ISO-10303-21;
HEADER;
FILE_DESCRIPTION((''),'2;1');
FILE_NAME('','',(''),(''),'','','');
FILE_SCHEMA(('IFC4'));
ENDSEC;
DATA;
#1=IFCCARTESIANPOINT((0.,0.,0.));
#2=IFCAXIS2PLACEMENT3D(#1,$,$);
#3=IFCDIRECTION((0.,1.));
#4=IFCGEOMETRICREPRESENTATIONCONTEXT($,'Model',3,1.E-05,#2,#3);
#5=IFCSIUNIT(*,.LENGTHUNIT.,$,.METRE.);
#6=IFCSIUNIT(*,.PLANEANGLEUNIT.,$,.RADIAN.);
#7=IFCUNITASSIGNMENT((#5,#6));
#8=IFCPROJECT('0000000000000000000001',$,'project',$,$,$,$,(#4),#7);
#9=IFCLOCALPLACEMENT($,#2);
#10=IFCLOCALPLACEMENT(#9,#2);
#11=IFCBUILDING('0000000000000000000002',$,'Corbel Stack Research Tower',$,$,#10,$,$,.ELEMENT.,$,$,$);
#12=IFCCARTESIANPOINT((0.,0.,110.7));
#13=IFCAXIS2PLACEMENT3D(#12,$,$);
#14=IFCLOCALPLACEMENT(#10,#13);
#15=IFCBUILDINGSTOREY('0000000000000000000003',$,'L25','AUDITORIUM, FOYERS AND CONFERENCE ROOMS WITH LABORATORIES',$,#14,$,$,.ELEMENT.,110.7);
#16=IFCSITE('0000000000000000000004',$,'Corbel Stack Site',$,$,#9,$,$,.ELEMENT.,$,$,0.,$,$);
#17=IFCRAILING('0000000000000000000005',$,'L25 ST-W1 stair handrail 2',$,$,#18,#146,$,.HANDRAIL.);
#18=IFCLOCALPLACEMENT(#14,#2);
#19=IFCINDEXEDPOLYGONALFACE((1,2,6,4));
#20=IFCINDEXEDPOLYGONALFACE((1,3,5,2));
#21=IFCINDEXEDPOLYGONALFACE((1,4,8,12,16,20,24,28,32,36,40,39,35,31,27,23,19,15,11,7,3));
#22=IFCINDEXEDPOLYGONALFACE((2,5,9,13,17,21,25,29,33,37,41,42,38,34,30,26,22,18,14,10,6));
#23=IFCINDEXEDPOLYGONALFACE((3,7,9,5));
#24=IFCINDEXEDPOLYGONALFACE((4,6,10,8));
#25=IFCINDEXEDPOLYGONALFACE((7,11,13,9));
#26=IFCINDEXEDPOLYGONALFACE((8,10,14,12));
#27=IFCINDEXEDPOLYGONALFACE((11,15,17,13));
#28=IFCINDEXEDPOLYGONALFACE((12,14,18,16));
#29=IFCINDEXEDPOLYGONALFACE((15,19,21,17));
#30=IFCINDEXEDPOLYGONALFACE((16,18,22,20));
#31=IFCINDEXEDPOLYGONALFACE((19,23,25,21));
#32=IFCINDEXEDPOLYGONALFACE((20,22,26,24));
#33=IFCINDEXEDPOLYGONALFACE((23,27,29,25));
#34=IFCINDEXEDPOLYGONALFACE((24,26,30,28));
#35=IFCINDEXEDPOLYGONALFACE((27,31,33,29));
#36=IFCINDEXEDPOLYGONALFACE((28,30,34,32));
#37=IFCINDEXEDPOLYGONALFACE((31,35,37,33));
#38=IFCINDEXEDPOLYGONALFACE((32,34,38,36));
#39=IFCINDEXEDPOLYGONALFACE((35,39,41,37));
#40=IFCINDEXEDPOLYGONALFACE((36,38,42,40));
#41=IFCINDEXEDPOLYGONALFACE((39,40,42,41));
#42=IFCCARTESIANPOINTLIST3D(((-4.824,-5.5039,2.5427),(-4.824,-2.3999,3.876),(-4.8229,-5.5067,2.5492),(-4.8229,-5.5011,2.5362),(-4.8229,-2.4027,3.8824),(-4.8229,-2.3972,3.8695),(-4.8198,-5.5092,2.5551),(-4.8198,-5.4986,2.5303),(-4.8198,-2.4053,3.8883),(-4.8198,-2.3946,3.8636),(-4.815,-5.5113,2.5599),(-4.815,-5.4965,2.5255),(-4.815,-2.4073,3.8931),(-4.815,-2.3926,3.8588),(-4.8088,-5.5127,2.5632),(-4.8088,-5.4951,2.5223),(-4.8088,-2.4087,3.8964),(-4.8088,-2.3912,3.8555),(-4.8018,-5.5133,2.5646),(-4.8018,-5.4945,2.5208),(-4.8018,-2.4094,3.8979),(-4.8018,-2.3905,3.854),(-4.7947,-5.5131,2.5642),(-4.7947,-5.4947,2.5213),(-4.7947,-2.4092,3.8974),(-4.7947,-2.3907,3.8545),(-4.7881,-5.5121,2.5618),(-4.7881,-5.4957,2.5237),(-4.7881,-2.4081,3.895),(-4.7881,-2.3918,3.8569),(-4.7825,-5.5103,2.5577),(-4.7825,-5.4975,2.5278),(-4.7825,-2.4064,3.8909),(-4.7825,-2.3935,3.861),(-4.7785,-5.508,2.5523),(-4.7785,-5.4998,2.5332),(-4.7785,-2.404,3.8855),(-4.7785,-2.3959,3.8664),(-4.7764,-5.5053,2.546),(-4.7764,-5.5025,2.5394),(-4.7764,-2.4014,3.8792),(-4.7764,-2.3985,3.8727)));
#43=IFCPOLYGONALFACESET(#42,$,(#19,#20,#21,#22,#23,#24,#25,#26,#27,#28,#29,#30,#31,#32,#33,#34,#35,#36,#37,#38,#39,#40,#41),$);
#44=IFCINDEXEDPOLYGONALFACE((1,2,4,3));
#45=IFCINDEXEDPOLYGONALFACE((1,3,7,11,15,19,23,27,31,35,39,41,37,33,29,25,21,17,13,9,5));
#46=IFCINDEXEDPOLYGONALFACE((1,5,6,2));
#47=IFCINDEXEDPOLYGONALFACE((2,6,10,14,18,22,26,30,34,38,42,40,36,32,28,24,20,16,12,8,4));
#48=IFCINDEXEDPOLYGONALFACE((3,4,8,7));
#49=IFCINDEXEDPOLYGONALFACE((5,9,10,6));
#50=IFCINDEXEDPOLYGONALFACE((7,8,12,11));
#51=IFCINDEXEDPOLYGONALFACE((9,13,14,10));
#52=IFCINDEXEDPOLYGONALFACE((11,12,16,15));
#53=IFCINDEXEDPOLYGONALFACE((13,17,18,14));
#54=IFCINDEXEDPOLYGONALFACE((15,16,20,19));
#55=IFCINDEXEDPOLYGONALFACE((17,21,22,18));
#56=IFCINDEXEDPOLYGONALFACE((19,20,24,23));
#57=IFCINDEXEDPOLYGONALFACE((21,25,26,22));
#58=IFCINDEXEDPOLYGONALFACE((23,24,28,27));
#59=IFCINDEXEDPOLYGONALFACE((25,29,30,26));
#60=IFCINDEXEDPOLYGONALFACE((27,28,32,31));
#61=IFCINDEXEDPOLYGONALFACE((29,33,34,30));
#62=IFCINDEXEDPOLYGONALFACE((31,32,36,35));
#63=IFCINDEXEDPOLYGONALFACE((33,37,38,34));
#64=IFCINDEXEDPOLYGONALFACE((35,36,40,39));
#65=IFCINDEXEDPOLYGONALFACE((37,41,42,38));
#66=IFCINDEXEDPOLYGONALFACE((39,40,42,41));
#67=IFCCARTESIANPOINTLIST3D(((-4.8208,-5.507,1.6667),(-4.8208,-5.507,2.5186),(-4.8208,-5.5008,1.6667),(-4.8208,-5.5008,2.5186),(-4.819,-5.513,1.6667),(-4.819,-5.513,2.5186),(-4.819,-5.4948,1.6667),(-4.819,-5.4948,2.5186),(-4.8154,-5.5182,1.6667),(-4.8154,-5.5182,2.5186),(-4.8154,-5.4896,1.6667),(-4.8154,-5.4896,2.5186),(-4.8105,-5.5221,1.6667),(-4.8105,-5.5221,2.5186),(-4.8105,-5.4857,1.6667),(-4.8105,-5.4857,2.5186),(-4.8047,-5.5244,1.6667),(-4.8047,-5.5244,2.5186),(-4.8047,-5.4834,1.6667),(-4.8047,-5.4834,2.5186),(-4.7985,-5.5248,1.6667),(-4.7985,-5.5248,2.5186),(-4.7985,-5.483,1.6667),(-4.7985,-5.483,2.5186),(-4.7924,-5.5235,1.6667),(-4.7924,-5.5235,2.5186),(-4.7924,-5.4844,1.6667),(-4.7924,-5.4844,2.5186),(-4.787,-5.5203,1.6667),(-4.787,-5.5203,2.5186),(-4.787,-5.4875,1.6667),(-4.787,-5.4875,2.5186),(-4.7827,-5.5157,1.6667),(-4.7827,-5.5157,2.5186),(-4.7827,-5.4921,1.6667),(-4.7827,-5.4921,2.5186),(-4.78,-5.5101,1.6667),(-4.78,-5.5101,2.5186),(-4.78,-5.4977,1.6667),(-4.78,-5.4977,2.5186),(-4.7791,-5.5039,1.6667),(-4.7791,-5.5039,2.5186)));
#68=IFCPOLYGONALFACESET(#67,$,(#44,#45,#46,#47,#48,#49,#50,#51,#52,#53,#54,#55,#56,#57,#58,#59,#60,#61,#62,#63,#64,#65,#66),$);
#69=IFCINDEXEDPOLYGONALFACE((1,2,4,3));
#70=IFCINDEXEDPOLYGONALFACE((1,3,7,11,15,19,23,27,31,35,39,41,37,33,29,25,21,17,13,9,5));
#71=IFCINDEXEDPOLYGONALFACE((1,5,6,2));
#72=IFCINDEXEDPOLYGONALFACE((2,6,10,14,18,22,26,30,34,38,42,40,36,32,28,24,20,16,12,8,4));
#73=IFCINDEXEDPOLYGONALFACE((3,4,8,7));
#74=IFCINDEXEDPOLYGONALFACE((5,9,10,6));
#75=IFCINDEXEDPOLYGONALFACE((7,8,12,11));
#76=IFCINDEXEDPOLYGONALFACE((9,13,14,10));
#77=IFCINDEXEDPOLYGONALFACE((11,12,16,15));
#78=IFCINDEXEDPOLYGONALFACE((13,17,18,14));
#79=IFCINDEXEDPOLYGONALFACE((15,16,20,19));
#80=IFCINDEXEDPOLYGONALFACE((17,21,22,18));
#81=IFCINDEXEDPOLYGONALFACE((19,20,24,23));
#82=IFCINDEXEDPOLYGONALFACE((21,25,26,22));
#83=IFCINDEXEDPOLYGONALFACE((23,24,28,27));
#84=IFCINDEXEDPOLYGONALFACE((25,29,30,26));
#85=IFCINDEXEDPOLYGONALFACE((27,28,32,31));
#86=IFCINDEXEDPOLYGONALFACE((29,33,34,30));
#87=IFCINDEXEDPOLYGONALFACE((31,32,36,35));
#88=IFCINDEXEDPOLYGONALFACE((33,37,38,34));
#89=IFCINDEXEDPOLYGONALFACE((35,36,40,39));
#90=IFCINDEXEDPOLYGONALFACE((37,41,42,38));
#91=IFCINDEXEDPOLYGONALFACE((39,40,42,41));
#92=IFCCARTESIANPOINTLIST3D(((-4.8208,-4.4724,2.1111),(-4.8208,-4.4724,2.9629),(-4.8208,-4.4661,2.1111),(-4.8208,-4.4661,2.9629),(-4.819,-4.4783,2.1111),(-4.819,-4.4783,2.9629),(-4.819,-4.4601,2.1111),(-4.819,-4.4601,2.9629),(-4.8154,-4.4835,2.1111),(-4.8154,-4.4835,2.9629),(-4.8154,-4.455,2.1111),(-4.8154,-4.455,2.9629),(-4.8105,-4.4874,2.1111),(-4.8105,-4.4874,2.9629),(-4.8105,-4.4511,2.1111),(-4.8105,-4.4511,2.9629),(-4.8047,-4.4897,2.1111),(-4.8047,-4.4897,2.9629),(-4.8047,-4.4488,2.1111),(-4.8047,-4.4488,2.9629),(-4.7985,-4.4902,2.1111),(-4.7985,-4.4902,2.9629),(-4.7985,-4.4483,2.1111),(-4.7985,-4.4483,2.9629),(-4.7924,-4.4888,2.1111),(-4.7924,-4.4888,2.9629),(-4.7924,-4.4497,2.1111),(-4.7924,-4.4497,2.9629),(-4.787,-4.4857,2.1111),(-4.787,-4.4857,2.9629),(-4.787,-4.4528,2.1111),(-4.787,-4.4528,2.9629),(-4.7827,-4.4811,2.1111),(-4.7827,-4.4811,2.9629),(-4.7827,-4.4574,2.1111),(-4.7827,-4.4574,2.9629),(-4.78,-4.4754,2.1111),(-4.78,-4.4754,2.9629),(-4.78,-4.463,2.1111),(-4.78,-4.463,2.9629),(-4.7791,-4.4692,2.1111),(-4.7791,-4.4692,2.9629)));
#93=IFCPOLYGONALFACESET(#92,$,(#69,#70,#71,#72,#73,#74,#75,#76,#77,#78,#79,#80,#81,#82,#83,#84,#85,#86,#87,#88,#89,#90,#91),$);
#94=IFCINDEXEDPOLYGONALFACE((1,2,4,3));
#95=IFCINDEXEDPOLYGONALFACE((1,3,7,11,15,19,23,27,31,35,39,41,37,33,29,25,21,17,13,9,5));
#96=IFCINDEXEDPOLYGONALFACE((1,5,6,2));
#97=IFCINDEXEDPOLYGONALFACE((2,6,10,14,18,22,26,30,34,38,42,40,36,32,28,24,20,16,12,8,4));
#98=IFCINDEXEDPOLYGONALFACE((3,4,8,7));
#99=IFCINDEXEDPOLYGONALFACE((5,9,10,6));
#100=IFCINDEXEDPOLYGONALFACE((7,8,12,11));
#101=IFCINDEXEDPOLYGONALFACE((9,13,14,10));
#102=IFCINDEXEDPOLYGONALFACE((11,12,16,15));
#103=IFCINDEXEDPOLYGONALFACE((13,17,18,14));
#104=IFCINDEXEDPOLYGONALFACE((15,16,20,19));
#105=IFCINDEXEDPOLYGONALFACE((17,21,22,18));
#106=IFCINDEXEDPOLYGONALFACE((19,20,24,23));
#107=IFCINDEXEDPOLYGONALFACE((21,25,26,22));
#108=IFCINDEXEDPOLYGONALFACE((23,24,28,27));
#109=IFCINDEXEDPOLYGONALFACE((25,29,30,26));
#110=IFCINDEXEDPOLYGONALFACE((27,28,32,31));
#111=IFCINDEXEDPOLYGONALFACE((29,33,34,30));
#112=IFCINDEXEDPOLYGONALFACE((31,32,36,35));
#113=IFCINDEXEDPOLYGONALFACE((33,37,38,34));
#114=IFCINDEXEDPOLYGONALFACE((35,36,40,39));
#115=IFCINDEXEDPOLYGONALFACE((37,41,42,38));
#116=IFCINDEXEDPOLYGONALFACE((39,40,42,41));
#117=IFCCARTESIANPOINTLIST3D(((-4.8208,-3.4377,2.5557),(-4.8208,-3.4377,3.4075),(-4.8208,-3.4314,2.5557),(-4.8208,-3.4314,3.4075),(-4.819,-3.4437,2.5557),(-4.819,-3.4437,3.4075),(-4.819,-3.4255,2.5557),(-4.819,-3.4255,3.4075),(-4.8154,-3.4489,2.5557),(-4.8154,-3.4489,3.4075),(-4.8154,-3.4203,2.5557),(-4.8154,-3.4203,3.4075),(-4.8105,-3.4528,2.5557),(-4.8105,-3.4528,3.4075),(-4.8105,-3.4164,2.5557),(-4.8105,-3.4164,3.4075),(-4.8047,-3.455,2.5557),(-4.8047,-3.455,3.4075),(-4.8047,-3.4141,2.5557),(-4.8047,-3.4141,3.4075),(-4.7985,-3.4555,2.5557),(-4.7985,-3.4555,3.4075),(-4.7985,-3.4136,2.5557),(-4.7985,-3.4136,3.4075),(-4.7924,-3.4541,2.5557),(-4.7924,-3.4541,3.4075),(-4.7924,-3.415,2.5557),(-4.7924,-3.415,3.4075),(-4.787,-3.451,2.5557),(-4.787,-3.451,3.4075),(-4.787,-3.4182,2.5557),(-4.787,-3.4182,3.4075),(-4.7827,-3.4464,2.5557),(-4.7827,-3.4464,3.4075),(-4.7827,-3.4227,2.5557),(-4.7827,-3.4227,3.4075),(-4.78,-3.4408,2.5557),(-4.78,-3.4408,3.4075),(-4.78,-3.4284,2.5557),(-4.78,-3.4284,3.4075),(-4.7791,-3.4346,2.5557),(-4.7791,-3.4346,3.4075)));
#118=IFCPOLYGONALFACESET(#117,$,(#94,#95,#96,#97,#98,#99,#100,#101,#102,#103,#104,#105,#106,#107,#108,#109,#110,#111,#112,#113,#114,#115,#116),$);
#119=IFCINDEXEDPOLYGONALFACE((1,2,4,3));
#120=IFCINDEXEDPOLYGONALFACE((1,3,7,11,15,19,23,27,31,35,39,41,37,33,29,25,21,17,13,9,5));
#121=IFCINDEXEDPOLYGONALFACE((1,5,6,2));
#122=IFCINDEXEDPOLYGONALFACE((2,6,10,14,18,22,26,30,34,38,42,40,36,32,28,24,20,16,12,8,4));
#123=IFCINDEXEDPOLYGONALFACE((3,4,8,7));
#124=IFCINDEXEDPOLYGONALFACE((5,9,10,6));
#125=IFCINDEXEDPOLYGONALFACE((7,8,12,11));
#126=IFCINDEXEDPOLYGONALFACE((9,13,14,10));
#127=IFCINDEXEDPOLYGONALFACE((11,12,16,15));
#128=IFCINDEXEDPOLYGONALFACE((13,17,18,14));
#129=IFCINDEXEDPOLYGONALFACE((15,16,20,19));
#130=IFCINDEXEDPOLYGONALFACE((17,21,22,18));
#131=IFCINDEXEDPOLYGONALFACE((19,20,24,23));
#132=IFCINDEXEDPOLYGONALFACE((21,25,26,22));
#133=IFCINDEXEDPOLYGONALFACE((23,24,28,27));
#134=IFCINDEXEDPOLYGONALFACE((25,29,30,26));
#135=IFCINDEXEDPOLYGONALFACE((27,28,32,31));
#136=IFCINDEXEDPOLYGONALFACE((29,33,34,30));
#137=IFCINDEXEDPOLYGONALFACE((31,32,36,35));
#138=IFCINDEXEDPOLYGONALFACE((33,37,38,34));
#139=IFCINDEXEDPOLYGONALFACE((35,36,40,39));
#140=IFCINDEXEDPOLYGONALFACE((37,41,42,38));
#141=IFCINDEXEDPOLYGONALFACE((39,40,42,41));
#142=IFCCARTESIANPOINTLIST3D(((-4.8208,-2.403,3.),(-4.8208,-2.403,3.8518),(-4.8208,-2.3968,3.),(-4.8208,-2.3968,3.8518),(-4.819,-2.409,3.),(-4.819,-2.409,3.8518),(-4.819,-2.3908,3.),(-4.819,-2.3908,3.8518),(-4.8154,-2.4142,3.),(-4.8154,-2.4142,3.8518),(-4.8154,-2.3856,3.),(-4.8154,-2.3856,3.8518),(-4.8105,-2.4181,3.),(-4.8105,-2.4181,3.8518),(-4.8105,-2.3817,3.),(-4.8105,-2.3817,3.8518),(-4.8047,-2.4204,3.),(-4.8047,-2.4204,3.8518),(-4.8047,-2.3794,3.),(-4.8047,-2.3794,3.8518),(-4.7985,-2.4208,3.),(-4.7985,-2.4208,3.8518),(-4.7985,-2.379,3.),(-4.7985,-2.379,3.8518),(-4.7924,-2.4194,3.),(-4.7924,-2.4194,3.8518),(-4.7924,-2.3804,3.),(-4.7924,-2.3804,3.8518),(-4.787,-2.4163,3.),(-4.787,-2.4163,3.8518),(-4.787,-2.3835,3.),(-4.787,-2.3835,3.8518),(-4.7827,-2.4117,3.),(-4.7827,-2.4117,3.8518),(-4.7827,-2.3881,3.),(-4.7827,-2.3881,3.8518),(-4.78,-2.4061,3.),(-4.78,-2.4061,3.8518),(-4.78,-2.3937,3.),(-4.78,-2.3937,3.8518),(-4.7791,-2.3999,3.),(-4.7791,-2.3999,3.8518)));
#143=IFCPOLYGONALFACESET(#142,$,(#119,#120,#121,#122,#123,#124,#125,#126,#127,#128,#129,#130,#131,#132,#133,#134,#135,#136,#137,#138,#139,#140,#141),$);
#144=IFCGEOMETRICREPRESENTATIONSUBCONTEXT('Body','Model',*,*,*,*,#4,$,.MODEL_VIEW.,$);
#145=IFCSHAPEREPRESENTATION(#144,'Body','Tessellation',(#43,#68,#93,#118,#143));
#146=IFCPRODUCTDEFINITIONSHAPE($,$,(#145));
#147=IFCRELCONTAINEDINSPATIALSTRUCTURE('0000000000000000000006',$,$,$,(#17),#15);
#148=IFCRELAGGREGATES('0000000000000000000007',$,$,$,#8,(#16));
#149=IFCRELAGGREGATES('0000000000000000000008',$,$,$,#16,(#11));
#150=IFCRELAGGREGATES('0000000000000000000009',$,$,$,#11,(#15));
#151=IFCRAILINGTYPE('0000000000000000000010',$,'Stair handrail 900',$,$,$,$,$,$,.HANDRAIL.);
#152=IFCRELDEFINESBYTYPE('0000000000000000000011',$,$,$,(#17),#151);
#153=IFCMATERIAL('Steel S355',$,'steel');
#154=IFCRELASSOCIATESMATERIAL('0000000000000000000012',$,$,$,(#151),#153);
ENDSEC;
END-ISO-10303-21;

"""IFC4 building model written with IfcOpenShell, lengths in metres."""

from ifc_helpers import new_model, si_unit, direction, frame, origin, origin_2d, place, context, subcontext, project, spatial, circle, extrude, material, type_object, element, save


model = new_model("IFC4")

# Units and contexts
model_context = context("Model", 3, precision=1e-05, world=origin(), true_north=direction((0.0, 1.0)))
body_context = subcontext(model_context, "Body", "Model", "MODEL_VIEW")
ifc_project = project(units=[si_unit("LENGTHUNIT", "METRE"), si_unit("PLANEANGLEUNIT", "RADIAN")], contexts=[model_context])

# Site, building, storey
site_placement = place(None, origin())
site = spatial("IfcSite", under=ifc_project, at=site_placement, Name="Corbel Stack Site", CompositionType="ELEMENT", RefElevation=0.0)
building_placement = place(site_placement, origin())
building = spatial("IfcBuilding", under=site, at=building_placement, Name="Corbel Stack Research Tower", CompositionType="ELEMENT")
storey_placement = place(building_placement, frame((0.0, 0.0, 110.7)))
storey = spatial("IfcBuildingStorey", under=building, at=storey_placement, Name="L25", Description="AUDITORIUM, FOYERS AND CONFERENCE ROOMS WITH LABORATORIES", CompositionType="ELEMENT", Elevation=110.7)

# Railing
ifc_material_1 = material(Name="Steel S355", Category="steel")
railing_type_1 = type_object("IfcRailingType", Name="Stair handrail 900", PredefinedType="HANDRAIL", material=ifc_material_1)
railing_1_placement = place(storey_placement, frame((-4.8, -5.5039, 1.6667)))
element("IfcRailing", 1, at=railing_1_placement, inside=storey, type_object=railing_type_1, Name="L25 ST-W1 stair handrail 2", PredefinedType="HANDRAIL", context=body_context, shape_type="SweptSolid", body=[
    extrude(circle(Radius=0.0239, at=origin_2d()), frame((0.0, 0.0, 0.876), z_axis=(0.0, 0.918827, 0.394661), x_axis=(-1.0, 0.0, 0.0)), (0.0, 0.0, 1.0), 3.3782),
    extrude(circle(Radius=0.021, at=origin_2d()), origin(), (0.0, 0.0, 1.0), 0.8518),
    extrude(circle(Radius=0.021, at=origin_2d()), frame((0.0, 1.0347, 0.4443)), (0.0, 0.0, 1.0), 0.8518),
    extrude(circle(Radius=0.021, at=origin_2d()), frame((0.0, 2.0693, 0.8889)), (0.0, 0.0, 1.0), 0.8518),
    extrude(circle(Radius=0.021, at=origin_2d()), frame((0.0, 3.104, 1.3333)), (0.0, 0.0, 1.0), 0.8518),
])

save(model, "model.ifc")
